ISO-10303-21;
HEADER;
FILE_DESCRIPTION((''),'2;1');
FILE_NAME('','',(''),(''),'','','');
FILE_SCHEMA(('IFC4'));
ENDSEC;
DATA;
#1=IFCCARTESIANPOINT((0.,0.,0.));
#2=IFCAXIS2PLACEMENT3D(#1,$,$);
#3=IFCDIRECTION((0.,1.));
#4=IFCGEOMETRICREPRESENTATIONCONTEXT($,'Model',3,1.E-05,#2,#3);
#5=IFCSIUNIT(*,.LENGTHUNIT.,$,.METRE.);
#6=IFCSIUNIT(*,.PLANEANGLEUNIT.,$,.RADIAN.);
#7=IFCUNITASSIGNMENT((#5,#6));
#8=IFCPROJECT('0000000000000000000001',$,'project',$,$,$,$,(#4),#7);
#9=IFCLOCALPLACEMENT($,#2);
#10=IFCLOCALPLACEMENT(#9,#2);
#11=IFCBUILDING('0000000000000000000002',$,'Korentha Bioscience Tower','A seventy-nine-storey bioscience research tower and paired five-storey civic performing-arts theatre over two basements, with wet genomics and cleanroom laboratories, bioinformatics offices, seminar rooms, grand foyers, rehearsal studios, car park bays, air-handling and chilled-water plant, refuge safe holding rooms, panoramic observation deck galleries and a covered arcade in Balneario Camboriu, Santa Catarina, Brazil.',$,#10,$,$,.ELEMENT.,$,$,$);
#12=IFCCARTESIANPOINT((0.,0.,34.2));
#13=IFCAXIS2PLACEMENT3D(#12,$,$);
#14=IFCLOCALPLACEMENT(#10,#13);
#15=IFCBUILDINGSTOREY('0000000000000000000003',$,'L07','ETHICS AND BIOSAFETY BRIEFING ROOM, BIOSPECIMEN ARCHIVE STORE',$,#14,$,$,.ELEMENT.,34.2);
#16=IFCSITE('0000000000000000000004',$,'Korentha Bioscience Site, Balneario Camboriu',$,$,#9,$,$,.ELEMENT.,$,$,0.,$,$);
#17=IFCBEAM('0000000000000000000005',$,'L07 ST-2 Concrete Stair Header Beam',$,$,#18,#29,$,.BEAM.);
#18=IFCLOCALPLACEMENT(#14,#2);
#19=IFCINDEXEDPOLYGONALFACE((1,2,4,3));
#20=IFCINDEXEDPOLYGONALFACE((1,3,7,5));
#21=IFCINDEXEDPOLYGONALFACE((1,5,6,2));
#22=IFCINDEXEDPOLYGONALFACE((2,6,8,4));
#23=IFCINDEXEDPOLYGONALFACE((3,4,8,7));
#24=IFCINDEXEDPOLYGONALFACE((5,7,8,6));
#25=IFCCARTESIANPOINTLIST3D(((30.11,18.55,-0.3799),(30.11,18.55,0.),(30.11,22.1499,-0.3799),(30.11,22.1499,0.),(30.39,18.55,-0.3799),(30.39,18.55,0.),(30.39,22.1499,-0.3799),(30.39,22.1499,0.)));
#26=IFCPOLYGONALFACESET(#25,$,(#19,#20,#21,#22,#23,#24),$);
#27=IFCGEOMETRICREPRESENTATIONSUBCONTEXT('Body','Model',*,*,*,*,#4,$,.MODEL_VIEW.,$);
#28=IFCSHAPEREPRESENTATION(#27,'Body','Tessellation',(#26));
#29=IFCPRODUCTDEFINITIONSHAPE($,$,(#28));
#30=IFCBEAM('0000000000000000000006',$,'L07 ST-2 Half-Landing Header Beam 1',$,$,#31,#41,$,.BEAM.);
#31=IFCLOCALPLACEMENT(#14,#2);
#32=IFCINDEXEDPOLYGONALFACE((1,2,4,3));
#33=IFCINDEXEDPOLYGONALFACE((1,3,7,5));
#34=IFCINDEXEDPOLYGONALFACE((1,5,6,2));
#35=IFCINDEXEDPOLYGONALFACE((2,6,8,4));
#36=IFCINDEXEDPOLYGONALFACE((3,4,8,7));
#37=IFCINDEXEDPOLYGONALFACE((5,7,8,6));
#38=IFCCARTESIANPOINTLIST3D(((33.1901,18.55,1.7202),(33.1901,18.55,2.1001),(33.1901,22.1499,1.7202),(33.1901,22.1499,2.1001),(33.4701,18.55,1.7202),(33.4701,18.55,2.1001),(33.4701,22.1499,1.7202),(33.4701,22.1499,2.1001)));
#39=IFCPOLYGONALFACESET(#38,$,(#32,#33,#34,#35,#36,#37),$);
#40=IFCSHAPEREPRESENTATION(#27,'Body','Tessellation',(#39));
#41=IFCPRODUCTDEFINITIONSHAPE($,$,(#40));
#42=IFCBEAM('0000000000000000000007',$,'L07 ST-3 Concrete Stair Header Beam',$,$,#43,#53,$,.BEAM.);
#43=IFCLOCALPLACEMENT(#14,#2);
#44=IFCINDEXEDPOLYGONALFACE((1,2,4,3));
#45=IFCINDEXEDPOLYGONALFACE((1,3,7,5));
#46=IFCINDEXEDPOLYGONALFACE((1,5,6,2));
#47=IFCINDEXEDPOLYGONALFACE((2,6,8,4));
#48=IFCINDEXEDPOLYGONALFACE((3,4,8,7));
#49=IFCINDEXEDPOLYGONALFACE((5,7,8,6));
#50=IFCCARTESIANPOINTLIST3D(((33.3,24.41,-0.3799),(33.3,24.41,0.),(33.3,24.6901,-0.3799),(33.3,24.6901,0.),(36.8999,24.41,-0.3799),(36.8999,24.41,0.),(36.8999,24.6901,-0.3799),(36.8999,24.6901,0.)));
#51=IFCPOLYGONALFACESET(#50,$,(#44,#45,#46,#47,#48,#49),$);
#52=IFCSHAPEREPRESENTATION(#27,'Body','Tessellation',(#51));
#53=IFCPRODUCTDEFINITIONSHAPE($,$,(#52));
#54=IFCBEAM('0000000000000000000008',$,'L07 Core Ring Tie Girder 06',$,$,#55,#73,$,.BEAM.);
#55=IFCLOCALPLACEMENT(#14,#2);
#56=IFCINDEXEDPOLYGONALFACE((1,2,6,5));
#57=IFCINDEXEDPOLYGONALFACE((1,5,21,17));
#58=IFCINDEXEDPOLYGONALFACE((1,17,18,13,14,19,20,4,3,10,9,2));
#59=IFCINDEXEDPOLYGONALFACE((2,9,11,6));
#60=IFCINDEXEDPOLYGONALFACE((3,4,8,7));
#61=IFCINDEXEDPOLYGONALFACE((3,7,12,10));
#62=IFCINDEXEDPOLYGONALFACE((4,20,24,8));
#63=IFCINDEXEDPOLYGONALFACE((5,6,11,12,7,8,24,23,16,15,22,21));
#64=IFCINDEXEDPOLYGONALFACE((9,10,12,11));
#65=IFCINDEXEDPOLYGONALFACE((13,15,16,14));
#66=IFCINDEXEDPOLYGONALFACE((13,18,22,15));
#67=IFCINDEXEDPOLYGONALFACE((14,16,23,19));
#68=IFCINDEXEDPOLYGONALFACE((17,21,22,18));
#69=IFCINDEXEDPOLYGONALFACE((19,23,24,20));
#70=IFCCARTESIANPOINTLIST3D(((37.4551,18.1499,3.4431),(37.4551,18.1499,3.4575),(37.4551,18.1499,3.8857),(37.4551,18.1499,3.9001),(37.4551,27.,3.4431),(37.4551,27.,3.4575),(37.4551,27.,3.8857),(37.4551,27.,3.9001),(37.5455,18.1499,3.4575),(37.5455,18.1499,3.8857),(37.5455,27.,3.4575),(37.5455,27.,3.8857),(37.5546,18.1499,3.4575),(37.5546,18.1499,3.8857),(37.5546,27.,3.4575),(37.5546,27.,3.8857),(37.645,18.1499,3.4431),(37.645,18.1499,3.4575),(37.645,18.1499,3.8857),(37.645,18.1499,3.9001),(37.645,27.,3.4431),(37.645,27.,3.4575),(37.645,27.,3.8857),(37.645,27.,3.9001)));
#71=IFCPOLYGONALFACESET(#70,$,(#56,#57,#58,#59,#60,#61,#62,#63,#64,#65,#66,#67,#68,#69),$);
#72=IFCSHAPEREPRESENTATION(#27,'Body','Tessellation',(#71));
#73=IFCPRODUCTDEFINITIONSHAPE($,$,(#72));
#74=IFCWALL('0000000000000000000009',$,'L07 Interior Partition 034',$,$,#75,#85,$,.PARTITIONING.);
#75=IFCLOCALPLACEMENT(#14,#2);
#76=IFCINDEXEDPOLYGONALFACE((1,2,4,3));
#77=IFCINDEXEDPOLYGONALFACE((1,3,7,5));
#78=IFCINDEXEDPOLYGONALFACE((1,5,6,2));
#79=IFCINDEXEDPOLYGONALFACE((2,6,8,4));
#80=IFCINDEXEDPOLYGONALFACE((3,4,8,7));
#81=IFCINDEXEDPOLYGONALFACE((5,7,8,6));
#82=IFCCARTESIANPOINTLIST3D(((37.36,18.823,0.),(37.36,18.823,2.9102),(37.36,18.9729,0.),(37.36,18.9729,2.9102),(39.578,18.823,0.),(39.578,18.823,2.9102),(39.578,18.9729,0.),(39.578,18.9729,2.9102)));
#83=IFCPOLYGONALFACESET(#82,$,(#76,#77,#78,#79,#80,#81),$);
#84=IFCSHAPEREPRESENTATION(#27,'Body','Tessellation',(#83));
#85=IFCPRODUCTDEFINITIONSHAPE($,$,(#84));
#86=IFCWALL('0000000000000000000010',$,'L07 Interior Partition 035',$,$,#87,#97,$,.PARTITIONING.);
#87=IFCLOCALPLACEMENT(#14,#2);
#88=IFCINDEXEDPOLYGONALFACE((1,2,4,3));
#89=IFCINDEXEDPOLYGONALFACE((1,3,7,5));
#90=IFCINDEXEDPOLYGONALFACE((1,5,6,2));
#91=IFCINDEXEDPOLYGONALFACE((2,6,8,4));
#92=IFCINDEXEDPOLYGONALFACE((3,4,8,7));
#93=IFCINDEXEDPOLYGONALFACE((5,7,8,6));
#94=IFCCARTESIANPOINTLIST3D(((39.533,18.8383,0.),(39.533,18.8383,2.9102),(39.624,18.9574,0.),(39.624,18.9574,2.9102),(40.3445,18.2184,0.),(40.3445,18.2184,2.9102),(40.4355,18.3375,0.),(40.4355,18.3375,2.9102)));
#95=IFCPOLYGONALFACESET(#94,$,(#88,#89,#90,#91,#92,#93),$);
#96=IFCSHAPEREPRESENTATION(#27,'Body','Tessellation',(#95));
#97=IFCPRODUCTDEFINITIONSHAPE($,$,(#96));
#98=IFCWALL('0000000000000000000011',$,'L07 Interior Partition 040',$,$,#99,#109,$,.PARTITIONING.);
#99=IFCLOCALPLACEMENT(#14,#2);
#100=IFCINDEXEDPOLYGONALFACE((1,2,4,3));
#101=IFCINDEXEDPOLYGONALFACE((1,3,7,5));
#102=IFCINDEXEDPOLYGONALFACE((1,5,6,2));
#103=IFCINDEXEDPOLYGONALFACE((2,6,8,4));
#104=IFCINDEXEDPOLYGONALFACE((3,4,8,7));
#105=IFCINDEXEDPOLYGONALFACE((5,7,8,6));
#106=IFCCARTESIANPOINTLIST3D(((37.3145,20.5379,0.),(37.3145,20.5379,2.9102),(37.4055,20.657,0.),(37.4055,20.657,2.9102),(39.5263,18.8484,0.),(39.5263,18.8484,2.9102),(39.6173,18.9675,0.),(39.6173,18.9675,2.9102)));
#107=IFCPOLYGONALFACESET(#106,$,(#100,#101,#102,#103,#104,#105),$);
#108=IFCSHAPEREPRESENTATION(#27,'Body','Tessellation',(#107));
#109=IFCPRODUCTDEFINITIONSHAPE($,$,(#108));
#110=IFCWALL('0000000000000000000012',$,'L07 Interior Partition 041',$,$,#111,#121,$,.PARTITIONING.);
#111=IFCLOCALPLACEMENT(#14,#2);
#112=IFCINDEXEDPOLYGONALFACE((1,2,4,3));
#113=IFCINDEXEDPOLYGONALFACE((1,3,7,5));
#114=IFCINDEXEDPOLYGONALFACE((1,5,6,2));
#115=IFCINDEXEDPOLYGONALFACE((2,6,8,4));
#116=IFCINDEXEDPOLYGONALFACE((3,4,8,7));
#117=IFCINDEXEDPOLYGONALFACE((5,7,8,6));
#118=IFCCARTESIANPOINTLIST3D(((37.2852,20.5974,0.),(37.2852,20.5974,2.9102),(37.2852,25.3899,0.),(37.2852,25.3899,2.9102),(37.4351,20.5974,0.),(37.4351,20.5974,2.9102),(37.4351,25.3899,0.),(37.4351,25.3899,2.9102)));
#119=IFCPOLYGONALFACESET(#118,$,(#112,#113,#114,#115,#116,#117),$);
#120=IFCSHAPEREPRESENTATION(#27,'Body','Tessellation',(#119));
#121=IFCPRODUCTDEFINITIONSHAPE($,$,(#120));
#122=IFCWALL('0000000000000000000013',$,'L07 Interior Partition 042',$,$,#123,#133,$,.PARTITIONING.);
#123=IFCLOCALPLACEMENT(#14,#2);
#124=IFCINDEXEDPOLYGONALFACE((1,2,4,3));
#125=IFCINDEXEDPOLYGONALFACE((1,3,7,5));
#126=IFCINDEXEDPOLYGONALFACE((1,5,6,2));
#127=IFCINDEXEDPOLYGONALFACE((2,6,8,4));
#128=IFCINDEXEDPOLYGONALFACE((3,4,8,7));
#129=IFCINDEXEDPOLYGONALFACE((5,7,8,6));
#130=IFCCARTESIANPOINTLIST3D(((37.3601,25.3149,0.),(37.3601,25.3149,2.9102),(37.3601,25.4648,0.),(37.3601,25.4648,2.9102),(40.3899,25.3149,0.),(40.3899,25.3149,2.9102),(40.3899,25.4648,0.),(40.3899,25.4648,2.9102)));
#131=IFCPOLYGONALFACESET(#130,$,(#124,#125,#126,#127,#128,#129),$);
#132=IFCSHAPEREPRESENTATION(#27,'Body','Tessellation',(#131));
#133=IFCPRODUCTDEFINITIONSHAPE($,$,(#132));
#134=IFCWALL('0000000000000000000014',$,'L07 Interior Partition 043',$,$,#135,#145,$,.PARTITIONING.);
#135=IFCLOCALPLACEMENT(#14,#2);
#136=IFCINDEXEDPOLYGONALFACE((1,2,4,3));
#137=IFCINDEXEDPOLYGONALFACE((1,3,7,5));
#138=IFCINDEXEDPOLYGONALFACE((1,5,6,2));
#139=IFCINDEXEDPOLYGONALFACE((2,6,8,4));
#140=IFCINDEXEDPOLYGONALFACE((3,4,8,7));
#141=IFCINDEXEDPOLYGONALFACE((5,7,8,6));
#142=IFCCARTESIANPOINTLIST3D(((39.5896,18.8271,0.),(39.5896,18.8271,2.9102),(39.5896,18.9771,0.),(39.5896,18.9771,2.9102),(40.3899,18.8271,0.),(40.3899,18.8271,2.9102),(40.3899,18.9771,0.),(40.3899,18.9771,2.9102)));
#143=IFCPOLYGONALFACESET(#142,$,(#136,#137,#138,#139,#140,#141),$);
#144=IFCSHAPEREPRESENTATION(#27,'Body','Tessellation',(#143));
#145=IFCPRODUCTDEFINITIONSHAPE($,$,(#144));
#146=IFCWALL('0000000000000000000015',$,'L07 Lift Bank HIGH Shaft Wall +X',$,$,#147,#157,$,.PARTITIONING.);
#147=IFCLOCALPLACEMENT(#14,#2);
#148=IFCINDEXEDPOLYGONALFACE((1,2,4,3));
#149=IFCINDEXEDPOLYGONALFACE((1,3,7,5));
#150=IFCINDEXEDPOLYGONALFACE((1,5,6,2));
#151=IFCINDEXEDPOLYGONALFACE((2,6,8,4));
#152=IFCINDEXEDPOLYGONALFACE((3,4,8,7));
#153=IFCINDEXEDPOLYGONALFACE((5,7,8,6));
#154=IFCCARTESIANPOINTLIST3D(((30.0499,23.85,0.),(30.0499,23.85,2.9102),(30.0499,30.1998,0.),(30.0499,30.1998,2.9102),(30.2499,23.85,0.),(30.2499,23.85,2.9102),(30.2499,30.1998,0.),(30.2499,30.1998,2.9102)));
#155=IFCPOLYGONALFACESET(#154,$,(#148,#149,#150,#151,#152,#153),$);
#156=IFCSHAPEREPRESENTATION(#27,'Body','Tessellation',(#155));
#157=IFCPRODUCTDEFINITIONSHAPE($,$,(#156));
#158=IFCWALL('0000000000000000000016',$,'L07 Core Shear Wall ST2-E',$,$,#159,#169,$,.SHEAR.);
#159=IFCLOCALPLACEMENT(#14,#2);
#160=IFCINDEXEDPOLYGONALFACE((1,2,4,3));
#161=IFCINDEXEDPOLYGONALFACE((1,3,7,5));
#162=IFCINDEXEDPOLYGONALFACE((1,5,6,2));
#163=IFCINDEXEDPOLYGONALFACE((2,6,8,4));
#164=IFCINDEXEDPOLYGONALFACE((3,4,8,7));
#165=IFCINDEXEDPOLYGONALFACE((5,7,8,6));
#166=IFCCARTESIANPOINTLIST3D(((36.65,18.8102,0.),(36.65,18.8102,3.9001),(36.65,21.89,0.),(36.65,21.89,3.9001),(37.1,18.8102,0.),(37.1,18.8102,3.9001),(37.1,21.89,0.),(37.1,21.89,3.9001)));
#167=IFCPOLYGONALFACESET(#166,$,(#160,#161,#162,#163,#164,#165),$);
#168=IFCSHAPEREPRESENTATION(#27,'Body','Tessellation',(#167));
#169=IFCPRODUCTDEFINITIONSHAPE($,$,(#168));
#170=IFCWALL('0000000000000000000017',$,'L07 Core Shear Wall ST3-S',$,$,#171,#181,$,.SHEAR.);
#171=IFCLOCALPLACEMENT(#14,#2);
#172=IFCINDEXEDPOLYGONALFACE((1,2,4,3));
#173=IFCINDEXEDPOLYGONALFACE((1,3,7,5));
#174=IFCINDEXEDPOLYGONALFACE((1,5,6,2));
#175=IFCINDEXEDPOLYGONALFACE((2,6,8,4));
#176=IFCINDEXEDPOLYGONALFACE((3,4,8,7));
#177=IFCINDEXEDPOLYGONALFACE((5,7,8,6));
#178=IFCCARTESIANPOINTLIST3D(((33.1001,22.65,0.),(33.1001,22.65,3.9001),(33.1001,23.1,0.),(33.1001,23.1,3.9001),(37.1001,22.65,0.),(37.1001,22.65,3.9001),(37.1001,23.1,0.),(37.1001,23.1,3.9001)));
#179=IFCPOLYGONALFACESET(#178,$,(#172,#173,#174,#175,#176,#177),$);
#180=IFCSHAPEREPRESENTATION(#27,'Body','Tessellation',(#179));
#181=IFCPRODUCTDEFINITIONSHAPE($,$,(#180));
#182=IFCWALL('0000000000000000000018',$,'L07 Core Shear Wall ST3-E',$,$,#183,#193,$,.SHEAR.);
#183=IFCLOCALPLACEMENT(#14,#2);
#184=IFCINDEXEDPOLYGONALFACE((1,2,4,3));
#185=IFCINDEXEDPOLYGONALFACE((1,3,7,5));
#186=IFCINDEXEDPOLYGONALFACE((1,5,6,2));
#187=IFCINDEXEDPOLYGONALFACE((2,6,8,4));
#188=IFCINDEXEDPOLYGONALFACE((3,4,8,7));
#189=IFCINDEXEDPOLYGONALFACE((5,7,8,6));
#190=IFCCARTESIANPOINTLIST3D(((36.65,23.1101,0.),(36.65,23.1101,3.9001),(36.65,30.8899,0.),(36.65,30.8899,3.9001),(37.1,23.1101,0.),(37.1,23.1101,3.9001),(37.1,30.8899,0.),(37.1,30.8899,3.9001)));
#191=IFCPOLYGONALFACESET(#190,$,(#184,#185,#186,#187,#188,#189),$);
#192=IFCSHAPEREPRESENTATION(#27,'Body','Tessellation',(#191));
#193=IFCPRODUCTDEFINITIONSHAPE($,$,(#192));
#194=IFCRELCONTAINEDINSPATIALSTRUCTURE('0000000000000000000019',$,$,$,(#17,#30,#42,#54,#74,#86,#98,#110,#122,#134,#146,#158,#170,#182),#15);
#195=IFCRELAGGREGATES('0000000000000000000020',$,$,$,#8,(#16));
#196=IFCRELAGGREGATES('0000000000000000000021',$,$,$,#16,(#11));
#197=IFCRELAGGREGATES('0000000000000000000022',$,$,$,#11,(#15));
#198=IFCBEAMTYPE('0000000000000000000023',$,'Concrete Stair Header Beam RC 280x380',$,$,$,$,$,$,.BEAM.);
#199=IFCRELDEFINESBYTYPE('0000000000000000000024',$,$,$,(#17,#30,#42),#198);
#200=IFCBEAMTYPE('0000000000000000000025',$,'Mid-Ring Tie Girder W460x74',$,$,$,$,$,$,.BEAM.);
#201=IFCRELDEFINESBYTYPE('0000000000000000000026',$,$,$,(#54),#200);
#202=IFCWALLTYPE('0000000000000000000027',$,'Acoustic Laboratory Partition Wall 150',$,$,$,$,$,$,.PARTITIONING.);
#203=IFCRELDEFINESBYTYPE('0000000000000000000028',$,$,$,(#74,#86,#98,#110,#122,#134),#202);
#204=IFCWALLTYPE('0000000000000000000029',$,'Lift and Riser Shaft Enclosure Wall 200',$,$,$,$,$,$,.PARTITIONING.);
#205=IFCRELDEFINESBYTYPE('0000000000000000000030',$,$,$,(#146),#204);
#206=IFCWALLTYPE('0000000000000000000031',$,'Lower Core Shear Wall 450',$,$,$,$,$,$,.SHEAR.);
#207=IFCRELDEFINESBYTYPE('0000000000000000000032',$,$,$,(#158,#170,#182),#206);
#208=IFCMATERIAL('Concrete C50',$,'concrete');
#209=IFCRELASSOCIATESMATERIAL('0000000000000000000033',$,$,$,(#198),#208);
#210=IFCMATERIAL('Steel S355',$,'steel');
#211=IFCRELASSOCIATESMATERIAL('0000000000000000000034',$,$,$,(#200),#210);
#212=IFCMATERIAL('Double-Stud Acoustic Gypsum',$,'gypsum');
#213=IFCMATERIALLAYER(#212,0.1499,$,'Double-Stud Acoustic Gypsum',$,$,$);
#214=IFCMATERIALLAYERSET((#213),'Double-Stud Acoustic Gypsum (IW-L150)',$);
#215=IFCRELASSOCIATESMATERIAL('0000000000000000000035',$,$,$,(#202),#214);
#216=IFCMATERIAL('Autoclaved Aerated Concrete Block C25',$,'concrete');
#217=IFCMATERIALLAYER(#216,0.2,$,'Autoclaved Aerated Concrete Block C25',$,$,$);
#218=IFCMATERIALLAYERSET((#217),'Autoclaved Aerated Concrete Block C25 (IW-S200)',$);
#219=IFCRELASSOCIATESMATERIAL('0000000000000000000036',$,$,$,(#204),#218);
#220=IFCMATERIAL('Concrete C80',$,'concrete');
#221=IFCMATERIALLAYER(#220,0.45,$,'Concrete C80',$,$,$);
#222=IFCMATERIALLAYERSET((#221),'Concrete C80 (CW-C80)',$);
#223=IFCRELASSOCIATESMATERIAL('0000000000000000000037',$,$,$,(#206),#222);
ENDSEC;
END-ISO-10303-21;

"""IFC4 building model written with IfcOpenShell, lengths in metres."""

from ifc_helpers import new_model, si_unit, direction, frame, frame_2d, origin, origin_2d, place, context, subcontext, project, spatial, rectangle, i_section, extrude, material, layer, layer_set, material_profile, profile_set, type_object, element, save


model = new_model("IFC4")

# Units and contexts
model_context = context("Model", 3, precision=1e-05, world=origin(), true_north=direction((0.0, 1.0)))
body_context = subcontext(model_context, "Body", "Model", "MODEL_VIEW")
ifc_project = project(units=[si_unit("LENGTHUNIT", "METRE"), si_unit("PLANEANGLEUNIT", "RADIAN")], contexts=[model_context])

# Site, building, storey
site_placement = place(None, origin())
site = spatial("IfcSite", under=ifc_project, at=site_placement, Name="Korentha Bioscience Site, Balneario Camboriu", CompositionType="ELEMENT", RefElevation=0.0)
building_placement = place(site_placement, origin())
building = spatial("IfcBuilding", under=site, at=building_placement, Name="Korentha Bioscience Tower", Description="A seventy-nine-storey bioscience research tower and paired five-storey civic performing-arts theatre over two basements, with wet genomics and cleanroom laboratories, bioinformatics offices, seminar rooms, grand foyers, rehearsal studios, car park bays, air-handling and chilled-water plant, refuge safe holding rooms, panoramic observation deck galleries and a covered arcade in Balneario Camboriu, Santa Catarina, Brazil.", CompositionType="ELEMENT")
storey_placement = place(building_placement, frame((0.0, 0.0, 34.2)))
storey = spatial("IfcBuildingStorey", under=building, at=storey_placement, Name="L07", Description="ETHICS AND BIOSAFETY BRIEFING ROOM, BIOSPECIMEN ARCHIVE STORE", CompositionType="ELEMENT", Elevation=34.2)

# Beams
ifc_material_1 = material(Name="Concrete C50", Category="concrete")
ifc_material_profile_1 = material_profile(ifc_material_1, rectangle(XDim=0.28, YDim=0.3799, at=origin_2d()), Name="Concrete C50")
ifc_profile_set_1 = profile_set([ifc_material_profile_1], Name="Concrete C50 (ST-HB380)")
beam_type_1 = type_object("IfcBeamType", Name="Concrete Stair Header Beam RC 280x380", PredefinedType="BEAM", material=ifc_profile_set_1)
for number, where, z_axis, x_axis, name in (
    (1, (30.25, 18.55, -0.1899), (0.0, 1.0, 0.0), (-1.0, 0.0, 0.0), "L07 ST-2 Concrete Stair Header Beam"),
    (2, (33.3301, 18.55, 1.9102), (0.0, 1.0, 0.0), (-1.0, 0.0, 0.0), "L07 ST-2 Half-Landing Header Beam 1"),
    (3, (36.8999, 24.55, -0.1899), (-1.0, 0.0, 0.0), (0.0, -1.0, 0.0), "L07 ST-3 Concrete Stair Header Beam"),
):
    element("IfcBeam", number, at=place(storey_placement, frame(where, z_axis=z_axis, x_axis=x_axis)), inside=storey, type_object=beam_type_1, Name=name, PredefinedType="BEAM", context=body_context, shape_type="SweptSolid", body=[
        extrude(rectangle(XDim=0.28, YDim=0.3799, at=origin_2d()), origin(), (0.0, 0.0, 1.0), 3.5999),
    ])
ifc_material_2 = material(Name="Steel S355", Category="steel")
ifc_material_profile_2 = material_profile(ifc_material_2, i_section(OverallWidth=0.1899, OverallDepth=0.457, WebThickness=0.009, FlangeThickness=0.0144, at=origin_2d()), Name="Steel S355")
ifc_profile_set_2 = profile_set([ifc_material_profile_2], Name="Steel S355 (MB-460)")
beam_type_2 = type_object("IfcBeamType", Name="Mid-Ring Tie Girder W460x74", PredefinedType="BEAM", material=ifc_profile_set_2)
beam_placement = place(storey_placement, frame((37.55, 18.1499, 3.6716), z_axis=(0.0, 1.0, 0.0), x_axis=(-1.0, 0.0, 0.0)))
element("IfcBeam", 4, at=beam_placement, inside=storey, type_object=beam_type_2, Name="L07 Core Ring Tie Girder 06", PredefinedType="BEAM", context=body_context, shape_type="SweptSolid", body=[
    extrude(i_section(OverallWidth=0.1899, OverallDepth=0.457, WebThickness=0.009, FlangeThickness=0.0144, at=origin_2d()), origin(), (0.0, 0.0, 1.0), 8.8501),
])

# Shared definitions
ifc_material_3 = material(Name="Double-Stud Acoustic Gypsum", Category="gypsum")
ifc_layer_1 = layer(ifc_material_3, 0.1499, Name="Double-Stud Acoustic Gypsum")
ifc_layer_set_1 = layer_set([ifc_layer_1], Name="Double-Stud Acoustic Gypsum (IW-L150)")
wall_type_1 = type_object("IfcWallType", Name="Acoustic Laboratory Partition Wall 150", PredefinedType="PARTITIONING", material=ifc_layer_set_1)

# Walls
wall_1_placement = place(storey_placement, frame((37.3601, 18.8979, 0.0), z_axis=(0.0, 0.0, 1.0), x_axis=(1.0, 0.0, 0.0)))
element("IfcWall", 5, at=wall_1_placement, inside=storey, type_object=wall_type_1, Name="L07 Interior Partition 034", PredefinedType="PARTITIONING", context=body_context, shape_type="SweptSolid", body=[
    extrude(rectangle(XDim=2.218, YDim=0.1499, at=frame_2d((1.1089, 0.0))), origin(), (0.0, 0.0, 1.0), 2.9102),
])
wall_2_placement = place(storey_placement, frame((39.5784, 18.8979, 0.0), z_axis=(0.0, 0.0, 1.0), x_axis=(0.79469, -0.607015, 0.0)))
element("IfcWall", 6, at=wall_2_placement, inside=storey, type_object=wall_type_1, Name="L07 Interior Partition 035", PredefinedType="PARTITIONING", context=body_context, shape_type="SweptSolid", body=[
    extrude(rectangle(XDim=1.0212, YDim=0.1499, at=frame_2d((0.5107, 0.0))), origin(), (0.0, 0.0, 1.0), 2.9102),
])
wall_3_placement = place(storey_placement, frame((39.5718, 18.908, 0.0), z_axis=(0.0, 0.0, 1.0), x_axis=(-0.794674, 0.607037, 0.0)))
element("IfcWall", 7, at=wall_3_placement, inside=storey, type_object=wall_type_1, Name="L07 Interior Partition 040", PredefinedType="PARTITIONING", context=body_context, shape_type="SweptSolid", body=[
    extrude(rectangle(XDim=2.7832, YDim=0.1499, at=frame_2d((1.3916, 0.0))), origin(), (0.0, 0.0, 1.0), 2.9102),
])
wall_4_placement = place(storey_placement, frame((37.3601, 20.5974, 0.0), z_axis=(0.0, 0.0, 1.0), x_axis=(0.0, 1.0, 0.0)))
element("IfcWall", 8, at=wall_4_placement, inside=storey, type_object=wall_type_1, Name="L07 Interior Partition 041", PredefinedType="PARTITIONING", context=body_context, shape_type="SweptSolid", body=[
    extrude(rectangle(XDim=4.7925, YDim=0.1499, at=frame_2d((2.3962, 0.0))), origin(), (0.0, 0.0, 1.0), 2.9102),
])
wall_5_placement = place(storey_placement, frame((37.3601, 25.3899, 0.0), z_axis=(0.0, 0.0, 1.0), x_axis=(1.0, 0.0, 0.0)))
element("IfcWall", 9, at=wall_5_placement, inside=storey, type_object=wall_type_1, Name="L07 Interior Partition 042", PredefinedType="PARTITIONING", context=body_context, shape_type="SweptSolid", body=[
    extrude(rectangle(XDim=3.0298, YDim=0.1499, at=frame_2d((1.5149, 0.0))), origin(), (0.0, 0.0, 1.0), 2.9102),
])
wall_6_placement = place(storey_placement, frame((40.3899, 18.9021, 0.0), z_axis=(0.0, 0.0, 1.0), x_axis=(-1.0, 0.0, 0.0)))
element("IfcWall", 10, at=wall_6_placement, inside=storey, type_object=wall_type_1, Name="L07 Interior Partition 043", PredefinedType="PARTITIONING", context=body_context, shape_type="SweptSolid", body=[
    extrude(rectangle(XDim=0.8003, YDim=0.1499, at=frame_2d((0.4001, 0.0))), origin(), (0.0, 0.0, 1.0), 2.9102),
])
ifc_material_4 = material(Name="Autoclaved Aerated Concrete Block C25", Category="concrete")
ifc_layer_2 = layer(ifc_material_4, 0.2, Name="Autoclaved Aerated Concrete Block C25")
ifc_layer_set_2 = layer_set([ifc_layer_2], Name="Autoclaved Aerated Concrete Block C25 (IW-S200)")
wall_type_2 = type_object("IfcWallType", Name="Lift and Riser Shaft Enclosure Wall 200", PredefinedType="PARTITIONING", material=ifc_layer_set_2)
wall_7_placement = place(storey_placement, frame((30.1499, 23.8501, 0.0), z_axis=(0.0, 0.0, 1.0), x_axis=(0.0, 1.0, 0.0)))
element("IfcWall", 11, at=wall_7_placement, inside=storey, type_object=wall_type_2, Name="L07 Lift Bank HIGH Shaft Wall +X", PredefinedType="PARTITIONING", context=body_context, shape_type="SweptSolid", body=[
    extrude(rectangle(XDim=6.3499, YDim=0.2, at=frame_2d((3.1748, 0.0))), origin(), (0.0, 0.0, 1.0), 2.9102),
])
ifc_material_5 = material(Name="Concrete C80", Category="concrete")
ifc_layer_3 = layer(ifc_material_5, 0.45, Name="Concrete C80")
ifc_layer_set_3 = layer_set([ifc_layer_3], Name="Concrete C80 (CW-C80)")
wall_type_3 = type_object("IfcWallType", Name="Lower Core Shear Wall 450", PredefinedType="SHEAR", material=ifc_layer_set_3)
wall_8_placement = place(storey_placement, frame((36.875, 18.8101, 0.0), z_axis=(0.0, 0.0, 1.0), x_axis=(0.0, 1.0, 0.0)))
element("IfcWall", 12, at=wall_8_placement, inside=storey, type_object=wall_type_3, Name="L07 Core Shear Wall ST2-E", PredefinedType="SHEAR", context=body_context, shape_type="SweptSolid", body=[
    extrude(rectangle(XDim=3.0798, YDim=0.45, at=frame_2d((1.54, 0.0))), origin(), (0.0, 0.0, 1.0), 3.9001),
])
wall_9_placement = place(storey_placement, frame((33.1001, 22.875, 0.0), z_axis=(0.0, 0.0, 1.0), x_axis=(1.0, 0.0, 0.0)))
element("IfcWall", 13, at=wall_9_placement, inside=storey, type_object=wall_type_3, Name="L07 Core Shear Wall ST3-S", PredefinedType="SHEAR", context=body_context, shape_type="SweptSolid", body=[
    extrude(rectangle(XDim=4.0, YDim=0.45, at=frame_2d((2.0, 0.0))), origin(), (0.0, 0.0, 1.0), 3.9001),
])
wall_10_placement = place(storey_placement, frame((36.875, 23.1101, 0.0), z_axis=(0.0, 0.0, 1.0), x_axis=(0.0, 1.0, 0.0)))
element("IfcWall", 14, at=wall_10_placement, inside=storey, type_object=wall_type_3, Name="L07 Core Shear Wall ST3-E", PredefinedType="SHEAR", context=body_context, shape_type="SweptSolid", body=[
    extrude(rectangle(XDim=7.7798, YDim=0.45, at=frame_2d((3.8899, 0.0))), origin(), (0.0, 0.0, 1.0), 3.9001),
])

save(model, "model.ifc")
